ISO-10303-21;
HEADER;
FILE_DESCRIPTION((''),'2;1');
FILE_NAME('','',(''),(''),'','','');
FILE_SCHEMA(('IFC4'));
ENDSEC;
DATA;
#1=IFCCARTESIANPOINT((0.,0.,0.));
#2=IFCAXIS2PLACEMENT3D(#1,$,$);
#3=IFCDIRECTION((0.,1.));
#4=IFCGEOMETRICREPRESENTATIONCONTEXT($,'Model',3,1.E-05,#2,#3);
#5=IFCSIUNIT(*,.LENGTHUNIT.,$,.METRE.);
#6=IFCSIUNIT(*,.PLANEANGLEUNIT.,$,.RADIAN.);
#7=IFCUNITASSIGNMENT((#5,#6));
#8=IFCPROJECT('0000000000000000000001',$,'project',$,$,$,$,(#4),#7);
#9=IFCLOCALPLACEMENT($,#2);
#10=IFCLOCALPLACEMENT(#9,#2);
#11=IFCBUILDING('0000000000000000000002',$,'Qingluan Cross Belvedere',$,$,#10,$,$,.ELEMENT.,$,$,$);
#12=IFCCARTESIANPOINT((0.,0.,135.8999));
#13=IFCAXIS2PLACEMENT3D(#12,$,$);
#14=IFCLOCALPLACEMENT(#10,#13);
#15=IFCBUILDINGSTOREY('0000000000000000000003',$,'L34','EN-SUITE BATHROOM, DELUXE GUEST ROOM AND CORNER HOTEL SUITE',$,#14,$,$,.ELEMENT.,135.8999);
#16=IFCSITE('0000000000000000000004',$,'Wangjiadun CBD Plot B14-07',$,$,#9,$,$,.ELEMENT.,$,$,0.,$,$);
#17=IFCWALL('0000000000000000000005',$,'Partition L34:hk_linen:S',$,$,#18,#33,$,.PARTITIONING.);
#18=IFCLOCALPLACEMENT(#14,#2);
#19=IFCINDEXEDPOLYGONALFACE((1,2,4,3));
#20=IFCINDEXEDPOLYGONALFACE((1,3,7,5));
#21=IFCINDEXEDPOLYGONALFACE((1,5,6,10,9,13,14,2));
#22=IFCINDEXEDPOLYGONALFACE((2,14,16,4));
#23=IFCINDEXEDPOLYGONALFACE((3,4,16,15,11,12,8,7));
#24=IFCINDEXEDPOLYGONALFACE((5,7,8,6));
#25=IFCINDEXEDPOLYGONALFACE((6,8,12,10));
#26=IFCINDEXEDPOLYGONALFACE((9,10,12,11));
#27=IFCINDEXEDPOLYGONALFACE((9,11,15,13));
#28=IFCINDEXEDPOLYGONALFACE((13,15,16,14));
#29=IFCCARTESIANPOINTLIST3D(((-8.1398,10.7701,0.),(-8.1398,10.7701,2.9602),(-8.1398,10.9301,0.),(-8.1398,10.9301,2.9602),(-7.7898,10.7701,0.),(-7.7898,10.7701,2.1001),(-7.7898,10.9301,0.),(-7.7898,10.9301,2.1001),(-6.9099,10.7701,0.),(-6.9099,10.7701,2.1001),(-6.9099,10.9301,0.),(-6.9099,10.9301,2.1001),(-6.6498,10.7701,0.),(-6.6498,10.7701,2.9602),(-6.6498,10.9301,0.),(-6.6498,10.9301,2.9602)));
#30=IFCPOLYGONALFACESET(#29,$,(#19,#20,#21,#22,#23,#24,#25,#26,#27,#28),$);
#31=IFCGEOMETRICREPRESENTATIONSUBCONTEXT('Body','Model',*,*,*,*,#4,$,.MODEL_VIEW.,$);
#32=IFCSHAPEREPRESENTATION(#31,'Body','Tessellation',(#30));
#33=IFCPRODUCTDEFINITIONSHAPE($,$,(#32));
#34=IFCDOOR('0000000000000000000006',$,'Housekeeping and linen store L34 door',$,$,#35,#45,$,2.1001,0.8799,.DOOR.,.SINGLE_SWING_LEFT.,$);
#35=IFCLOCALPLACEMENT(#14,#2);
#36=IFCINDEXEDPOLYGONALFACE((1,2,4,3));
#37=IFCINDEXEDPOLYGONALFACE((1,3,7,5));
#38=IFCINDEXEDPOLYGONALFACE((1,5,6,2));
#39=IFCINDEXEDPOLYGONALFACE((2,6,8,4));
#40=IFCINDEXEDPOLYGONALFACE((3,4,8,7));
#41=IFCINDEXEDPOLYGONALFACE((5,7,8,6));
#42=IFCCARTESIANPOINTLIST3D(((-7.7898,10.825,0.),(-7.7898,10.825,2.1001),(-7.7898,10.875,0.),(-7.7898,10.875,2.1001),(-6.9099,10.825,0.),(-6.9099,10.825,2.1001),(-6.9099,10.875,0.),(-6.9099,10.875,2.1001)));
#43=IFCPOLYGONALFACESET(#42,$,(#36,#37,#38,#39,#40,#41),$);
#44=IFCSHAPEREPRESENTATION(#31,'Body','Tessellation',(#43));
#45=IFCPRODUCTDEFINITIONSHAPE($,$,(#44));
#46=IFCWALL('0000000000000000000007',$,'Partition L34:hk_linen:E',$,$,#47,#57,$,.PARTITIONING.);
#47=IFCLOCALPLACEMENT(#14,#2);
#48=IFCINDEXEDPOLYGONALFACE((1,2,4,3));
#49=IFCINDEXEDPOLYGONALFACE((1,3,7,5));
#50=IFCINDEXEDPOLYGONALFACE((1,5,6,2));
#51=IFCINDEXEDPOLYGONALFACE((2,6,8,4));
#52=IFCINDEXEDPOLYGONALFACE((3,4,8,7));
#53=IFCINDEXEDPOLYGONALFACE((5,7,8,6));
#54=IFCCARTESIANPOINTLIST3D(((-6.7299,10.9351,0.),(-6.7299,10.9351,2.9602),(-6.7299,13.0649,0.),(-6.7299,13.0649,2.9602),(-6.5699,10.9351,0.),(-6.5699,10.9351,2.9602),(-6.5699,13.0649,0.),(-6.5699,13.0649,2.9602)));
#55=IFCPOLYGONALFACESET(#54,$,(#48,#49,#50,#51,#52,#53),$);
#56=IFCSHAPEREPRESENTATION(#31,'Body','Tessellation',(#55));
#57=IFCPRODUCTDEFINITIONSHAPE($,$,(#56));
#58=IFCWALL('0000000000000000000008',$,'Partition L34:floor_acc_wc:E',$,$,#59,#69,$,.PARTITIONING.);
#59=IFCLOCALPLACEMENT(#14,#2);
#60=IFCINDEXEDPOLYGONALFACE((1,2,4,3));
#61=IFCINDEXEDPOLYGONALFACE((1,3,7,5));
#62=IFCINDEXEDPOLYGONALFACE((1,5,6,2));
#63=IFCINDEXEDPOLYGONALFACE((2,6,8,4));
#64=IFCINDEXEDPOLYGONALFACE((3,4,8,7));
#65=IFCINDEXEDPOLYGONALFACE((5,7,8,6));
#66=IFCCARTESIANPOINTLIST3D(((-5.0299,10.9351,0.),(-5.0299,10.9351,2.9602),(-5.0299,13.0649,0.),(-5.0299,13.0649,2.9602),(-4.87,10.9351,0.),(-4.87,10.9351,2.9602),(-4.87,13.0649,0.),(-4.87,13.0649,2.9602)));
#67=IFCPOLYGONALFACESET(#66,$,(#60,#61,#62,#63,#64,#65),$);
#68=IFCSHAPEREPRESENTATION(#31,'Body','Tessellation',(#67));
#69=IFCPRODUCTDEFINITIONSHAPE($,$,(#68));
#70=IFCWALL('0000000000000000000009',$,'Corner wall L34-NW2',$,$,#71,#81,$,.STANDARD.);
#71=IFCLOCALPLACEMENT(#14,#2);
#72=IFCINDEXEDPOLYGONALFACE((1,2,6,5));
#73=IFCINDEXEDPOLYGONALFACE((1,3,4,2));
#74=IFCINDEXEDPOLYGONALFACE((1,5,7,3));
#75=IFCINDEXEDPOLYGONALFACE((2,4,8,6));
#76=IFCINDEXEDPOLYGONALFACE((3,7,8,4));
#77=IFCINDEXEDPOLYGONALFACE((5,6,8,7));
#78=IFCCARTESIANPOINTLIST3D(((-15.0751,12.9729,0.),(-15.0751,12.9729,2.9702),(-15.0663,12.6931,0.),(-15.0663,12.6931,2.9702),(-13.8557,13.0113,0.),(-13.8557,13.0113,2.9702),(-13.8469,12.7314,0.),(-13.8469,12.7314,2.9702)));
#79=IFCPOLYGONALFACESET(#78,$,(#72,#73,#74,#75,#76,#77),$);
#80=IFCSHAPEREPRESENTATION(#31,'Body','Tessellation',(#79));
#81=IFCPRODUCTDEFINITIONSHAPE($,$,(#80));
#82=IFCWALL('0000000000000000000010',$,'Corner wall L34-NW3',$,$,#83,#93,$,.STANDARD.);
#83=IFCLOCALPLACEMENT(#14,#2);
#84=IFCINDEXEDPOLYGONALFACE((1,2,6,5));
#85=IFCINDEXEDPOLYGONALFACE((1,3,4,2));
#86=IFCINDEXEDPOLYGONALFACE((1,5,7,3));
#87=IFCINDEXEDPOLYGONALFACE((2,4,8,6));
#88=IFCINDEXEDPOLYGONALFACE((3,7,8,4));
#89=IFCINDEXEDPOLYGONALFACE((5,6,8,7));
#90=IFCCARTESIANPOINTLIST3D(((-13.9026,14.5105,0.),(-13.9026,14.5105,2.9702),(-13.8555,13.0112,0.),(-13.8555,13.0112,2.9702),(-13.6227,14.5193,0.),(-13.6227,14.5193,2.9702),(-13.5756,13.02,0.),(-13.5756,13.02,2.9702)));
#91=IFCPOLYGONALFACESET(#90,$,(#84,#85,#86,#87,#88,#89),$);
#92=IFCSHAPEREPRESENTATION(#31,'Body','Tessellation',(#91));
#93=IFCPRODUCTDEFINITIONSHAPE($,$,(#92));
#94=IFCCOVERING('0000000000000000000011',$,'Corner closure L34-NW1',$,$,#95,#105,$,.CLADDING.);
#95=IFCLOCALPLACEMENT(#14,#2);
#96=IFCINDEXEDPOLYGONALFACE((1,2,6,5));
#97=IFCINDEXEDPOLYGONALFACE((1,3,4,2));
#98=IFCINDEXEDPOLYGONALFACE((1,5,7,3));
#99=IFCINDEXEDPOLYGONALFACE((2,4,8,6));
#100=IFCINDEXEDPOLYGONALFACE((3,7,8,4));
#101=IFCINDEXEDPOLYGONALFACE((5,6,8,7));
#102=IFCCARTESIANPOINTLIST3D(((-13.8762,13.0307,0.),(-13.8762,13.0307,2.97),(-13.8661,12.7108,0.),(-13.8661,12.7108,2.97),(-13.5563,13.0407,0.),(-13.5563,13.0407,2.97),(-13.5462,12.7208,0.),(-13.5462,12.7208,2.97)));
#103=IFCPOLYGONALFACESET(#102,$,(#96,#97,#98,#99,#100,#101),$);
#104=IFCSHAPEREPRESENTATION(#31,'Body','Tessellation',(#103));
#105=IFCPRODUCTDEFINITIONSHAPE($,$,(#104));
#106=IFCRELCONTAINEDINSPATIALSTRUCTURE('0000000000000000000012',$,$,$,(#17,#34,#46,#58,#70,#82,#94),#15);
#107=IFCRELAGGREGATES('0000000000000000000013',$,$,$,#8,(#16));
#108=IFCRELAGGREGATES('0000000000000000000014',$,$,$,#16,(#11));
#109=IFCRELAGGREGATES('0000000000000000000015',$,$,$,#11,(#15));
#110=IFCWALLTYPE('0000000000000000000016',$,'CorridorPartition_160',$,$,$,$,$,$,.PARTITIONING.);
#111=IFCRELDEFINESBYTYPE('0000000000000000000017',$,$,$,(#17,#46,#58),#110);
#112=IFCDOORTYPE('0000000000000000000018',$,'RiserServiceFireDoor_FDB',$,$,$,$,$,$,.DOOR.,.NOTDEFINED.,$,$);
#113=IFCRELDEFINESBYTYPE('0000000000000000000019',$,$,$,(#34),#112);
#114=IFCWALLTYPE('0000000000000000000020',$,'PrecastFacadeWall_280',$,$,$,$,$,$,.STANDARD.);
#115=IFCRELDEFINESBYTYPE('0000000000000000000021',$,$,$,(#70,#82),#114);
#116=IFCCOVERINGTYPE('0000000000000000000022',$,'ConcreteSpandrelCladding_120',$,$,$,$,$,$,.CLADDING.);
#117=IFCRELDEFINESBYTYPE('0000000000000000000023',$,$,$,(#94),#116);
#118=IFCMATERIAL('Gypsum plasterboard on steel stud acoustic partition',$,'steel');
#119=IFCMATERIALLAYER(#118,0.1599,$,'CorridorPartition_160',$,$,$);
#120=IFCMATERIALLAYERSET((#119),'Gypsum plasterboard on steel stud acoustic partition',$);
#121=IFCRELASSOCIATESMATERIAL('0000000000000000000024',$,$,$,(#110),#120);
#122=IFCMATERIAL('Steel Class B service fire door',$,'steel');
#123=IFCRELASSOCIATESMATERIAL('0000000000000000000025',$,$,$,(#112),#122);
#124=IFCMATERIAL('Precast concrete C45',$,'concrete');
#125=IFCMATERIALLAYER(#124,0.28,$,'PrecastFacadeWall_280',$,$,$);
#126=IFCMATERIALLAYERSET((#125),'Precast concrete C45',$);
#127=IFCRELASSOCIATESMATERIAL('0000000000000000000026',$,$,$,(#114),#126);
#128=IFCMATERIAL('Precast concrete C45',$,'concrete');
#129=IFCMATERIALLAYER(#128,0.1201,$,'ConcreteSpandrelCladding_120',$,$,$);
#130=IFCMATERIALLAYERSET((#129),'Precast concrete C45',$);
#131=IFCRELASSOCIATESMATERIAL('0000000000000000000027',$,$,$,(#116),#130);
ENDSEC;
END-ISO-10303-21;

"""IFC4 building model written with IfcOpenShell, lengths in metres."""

from ifc_helpers import new_model, si_unit, direction, frame, frame_2d, origin, origin_2d, place, context, subcontext, project, spatial, rectangle, extrude, material, layer, layer_set, type_object, element, fill, save


model = new_model("IFC4")

# Units and contexts
model_context = context("Model", 3, precision=1e-05, world=origin(), true_north=direction((0.0, 1.0)))
body_context = subcontext(model_context, "Body", "Model", "MODEL_VIEW")
ifc_project = project(units=[si_unit("LENGTHUNIT", "METRE"), si_unit("PLANEANGLEUNIT", "RADIAN")], contexts=[model_context])

# Site, building, storey
site_placement = place(None, origin())
site = spatial("IfcSite", under=ifc_project, at=site_placement, Name="Wangjiadun CBD Plot B14-07", CompositionType="ELEMENT", RefElevation=0.0)
building_placement = place(site_placement, origin())
building = spatial("IfcBuilding", under=site, at=building_placement, Name="Qingluan Cross Belvedere", CompositionType="ELEMENT")
storey_placement = place(building_placement, frame((0.0, 0.0, 135.8999)))
storey = spatial("IfcBuildingStorey", under=building, at=storey_placement, Name="L34", Description="EN-SUITE BATHROOM, DELUXE GUEST ROOM AND CORNER HOTEL SUITE", CompositionType="ELEMENT", Elevation=135.8999)

# Shared definitions
ifc_material_1 = material(Name="Gypsum plasterboard on steel stud acoustic partition", Category="steel")
ifc_layer_1 = layer(ifc_material_1, 0.1599, Name="CorridorPartition_160")
ifc_layer_set_1 = layer_set([ifc_layer_1], Name="Gypsum plasterboard on steel stud acoustic partition")
wall_type_1 = type_object("IfcWallType", Name="CorridorPartition_160", PredefinedType="PARTITIONING", material=ifc_layer_set_1)

# Wall, opening, door
wall_1_placement = place(storey_placement, frame((-8.1399, 10.8501, 0.0), z_axis=(0.0, 0.0, 1.0), x_axis=(1.0, 0.0, 0.0)))
wall_1 = element("IfcWall", 1, at=wall_1_placement, inside=storey, type_object=wall_type_1, Name="Partition L34:hk_linen:S", PredefinedType="PARTITIONING", context=body_context, shape_type="SweptSolid", body=[
    extrude(rectangle(XDim=1.49, YDim=0.1599, at=frame_2d((0.7451, 0.0))), origin(), (0.0, 0.0, 1.0), 2.9602),
])
opening_1_placement = place(wall_1_placement, frame((0.3501, 0.0, 0.0)))
opening_1 = element("IfcOpeningElement", 2, at=opening_1_placement, cuts=wall_1, PredefinedType="OPENING", context=body_context, shape_type="SweptSolid", body=[
    extrude(rectangle(XDim=0.8799, YDim=2.1001, at=frame_2d((0.4399, 1.05))), frame((0.0, 0.0898, 0.0), z_axis=(0.0, -1.0, 0.0), x_axis=(1.0, 0.0, 0.0)), (0.0, 0.0, 1.0), 0.1799),
])
ifc_material_2 = material(Name="Steel Class B service fire door", Category="steel")
door_type_1 = type_object("IfcDoorType", Name="RiserServiceFireDoor_FDB", OperationType="NOTDEFINED", PredefinedType="DOOR", material=ifc_material_2)
door_1_placement = place(opening_1_placement, origin())
door_1 = element("IfcDoor", 3, at=door_1_placement, inside=storey, type_object=door_type_1, Name="Housekeeping and linen store L34 door", OperationType="SINGLE_SWING_LEFT", OverallHeight=2.1001, OverallWidth=0.8799, PredefinedType="DOOR", context=body_context, shape_type="SweptSolid", body=[
    extrude(rectangle(XDim=0.8799, YDim=2.1001, at=frame_2d((0.4399, 1.05))), frame((0.0, 0.0249, 0.0), z_axis=(0.0, -1.0, 0.0), x_axis=(1.0, 0.0, 0.0)), (0.0, 0.0, 1.0), 0.05),
])
fill(opening_1, door_1)

# Wall
wall_2_placement = place(storey_placement, frame((-6.6499, 10.9351, 0.0), z_axis=(0.0, 0.0, 1.0), x_axis=(0.0, 1.0, 0.0)))
element("IfcWall", 4, at=wall_2_placement, inside=storey, type_object=wall_type_1, Name="Partition L34:hk_linen:E", PredefinedType="PARTITIONING", context=body_context, shape_type="SweptSolid", body=[
    extrude(rectangle(XDim=2.1299, YDim=0.1599, at=frame_2d((1.0649, 0.0))), origin(), (0.0, 0.0, 1.0), 2.9602),
])

# Walls
wall_3_placement = place(storey_placement, frame((-4.95, 10.9351, 0.0), z_axis=(0.0, 0.0, 1.0), x_axis=(0.0, 1.0, 0.0)))
element("IfcWall", 5, at=wall_3_placement, inside=storey, type_object=wall_type_1, Name="Partition L34:floor_acc_wc:E", PredefinedType="PARTITIONING", context=body_context, shape_type="SweptSolid", body=[
    extrude(rectangle(XDim=2.1299, YDim=0.1599, at=frame_2d((1.0649, 0.0))), origin(), (0.0, 0.0, 1.0), 2.9602),
])
ifc_material_3 = material(Name="Precast concrete C45", Category="concrete")
ifc_layer_2 = layer(ifc_material_3, 0.28, Name="PrecastFacadeWall_280")
ifc_layer_set_2 = layer_set([ifc_layer_2], Name="Precast concrete C45")
wall_type_2 = type_object("IfcWallType", Name="PrecastFacadeWall_280", PredefinedType="STANDARD", material=ifc_layer_set_2)
wall_4_placement = place(storey_placement, frame((-15.0706, 12.833, 0.0), z_axis=(0.0, 0.0, 1.0), x_axis=(0.999506, 0.031416, 0.0)))
element("IfcWall", 6, at=wall_4_placement, inside=storey, type_object=wall_type_2, Name="Corner wall L34-NW2", PredefinedType="STANDARD", context=body_context, shape_type="SweptSolid", body=[
    extrude(rectangle(XDim=1.22, YDim=0.28, at=frame_2d((0.6099, 0.0))), origin(), (0.0, 0.0, 1.0), 2.9702),
])
wall_5_placement = place(storey_placement, frame((-13.7156, 13.0156, 0.0), z_axis=(0.0, 0.0, 1.0), x_axis=(-0.031413, 0.999507, 0.0)))
element("IfcWall", 7, at=wall_5_placement, inside=storey, type_object=wall_type_2, Name="Corner wall L34-NW3", PredefinedType="STANDARD", context=body_context, shape_type="SweptSolid", body=[
    extrude(rectangle(XDim=1.5, YDim=0.28, at=frame_2d((0.75, 0.0))), origin(), (0.0, 0.0, 1.0), 2.9702),
])

# Covering
ifc_material_4 = material(Name="Precast concrete C45", Category="concrete")
ifc_layer_3 = layer(ifc_material_4, 0.1201, Name="ConcreteSpandrelCladding_120")
ifc_layer_set_3 = layer_set([ifc_layer_3], Name="Precast concrete C45")
covering_type = type_object("IfcCoveringType", Name="ConcreteSpandrelCladding_120", PredefinedType="CLADDING", material=ifc_layer_set_3)
covering_placement = place(storey_placement, frame((-13.7112, 12.8757, 0.0), z_axis=(0.0, 0.0, 1.0), x_axis=(0.999507, 0.031411, 0.0)))
element("IfcCovering", 8, at=covering_placement, inside=storey, type_object=covering_type, Name="Corner closure L34-NW1", PredefinedType="CLADDING", context=body_context, shape_type="SweptSolid", body=[
    extrude(rectangle(XDim=0.3201, YDim=0.3201, at=origin_2d()), origin(), (0.0, 0.0, 1.0), 2.97),
])

save(model, "model.ifc")
